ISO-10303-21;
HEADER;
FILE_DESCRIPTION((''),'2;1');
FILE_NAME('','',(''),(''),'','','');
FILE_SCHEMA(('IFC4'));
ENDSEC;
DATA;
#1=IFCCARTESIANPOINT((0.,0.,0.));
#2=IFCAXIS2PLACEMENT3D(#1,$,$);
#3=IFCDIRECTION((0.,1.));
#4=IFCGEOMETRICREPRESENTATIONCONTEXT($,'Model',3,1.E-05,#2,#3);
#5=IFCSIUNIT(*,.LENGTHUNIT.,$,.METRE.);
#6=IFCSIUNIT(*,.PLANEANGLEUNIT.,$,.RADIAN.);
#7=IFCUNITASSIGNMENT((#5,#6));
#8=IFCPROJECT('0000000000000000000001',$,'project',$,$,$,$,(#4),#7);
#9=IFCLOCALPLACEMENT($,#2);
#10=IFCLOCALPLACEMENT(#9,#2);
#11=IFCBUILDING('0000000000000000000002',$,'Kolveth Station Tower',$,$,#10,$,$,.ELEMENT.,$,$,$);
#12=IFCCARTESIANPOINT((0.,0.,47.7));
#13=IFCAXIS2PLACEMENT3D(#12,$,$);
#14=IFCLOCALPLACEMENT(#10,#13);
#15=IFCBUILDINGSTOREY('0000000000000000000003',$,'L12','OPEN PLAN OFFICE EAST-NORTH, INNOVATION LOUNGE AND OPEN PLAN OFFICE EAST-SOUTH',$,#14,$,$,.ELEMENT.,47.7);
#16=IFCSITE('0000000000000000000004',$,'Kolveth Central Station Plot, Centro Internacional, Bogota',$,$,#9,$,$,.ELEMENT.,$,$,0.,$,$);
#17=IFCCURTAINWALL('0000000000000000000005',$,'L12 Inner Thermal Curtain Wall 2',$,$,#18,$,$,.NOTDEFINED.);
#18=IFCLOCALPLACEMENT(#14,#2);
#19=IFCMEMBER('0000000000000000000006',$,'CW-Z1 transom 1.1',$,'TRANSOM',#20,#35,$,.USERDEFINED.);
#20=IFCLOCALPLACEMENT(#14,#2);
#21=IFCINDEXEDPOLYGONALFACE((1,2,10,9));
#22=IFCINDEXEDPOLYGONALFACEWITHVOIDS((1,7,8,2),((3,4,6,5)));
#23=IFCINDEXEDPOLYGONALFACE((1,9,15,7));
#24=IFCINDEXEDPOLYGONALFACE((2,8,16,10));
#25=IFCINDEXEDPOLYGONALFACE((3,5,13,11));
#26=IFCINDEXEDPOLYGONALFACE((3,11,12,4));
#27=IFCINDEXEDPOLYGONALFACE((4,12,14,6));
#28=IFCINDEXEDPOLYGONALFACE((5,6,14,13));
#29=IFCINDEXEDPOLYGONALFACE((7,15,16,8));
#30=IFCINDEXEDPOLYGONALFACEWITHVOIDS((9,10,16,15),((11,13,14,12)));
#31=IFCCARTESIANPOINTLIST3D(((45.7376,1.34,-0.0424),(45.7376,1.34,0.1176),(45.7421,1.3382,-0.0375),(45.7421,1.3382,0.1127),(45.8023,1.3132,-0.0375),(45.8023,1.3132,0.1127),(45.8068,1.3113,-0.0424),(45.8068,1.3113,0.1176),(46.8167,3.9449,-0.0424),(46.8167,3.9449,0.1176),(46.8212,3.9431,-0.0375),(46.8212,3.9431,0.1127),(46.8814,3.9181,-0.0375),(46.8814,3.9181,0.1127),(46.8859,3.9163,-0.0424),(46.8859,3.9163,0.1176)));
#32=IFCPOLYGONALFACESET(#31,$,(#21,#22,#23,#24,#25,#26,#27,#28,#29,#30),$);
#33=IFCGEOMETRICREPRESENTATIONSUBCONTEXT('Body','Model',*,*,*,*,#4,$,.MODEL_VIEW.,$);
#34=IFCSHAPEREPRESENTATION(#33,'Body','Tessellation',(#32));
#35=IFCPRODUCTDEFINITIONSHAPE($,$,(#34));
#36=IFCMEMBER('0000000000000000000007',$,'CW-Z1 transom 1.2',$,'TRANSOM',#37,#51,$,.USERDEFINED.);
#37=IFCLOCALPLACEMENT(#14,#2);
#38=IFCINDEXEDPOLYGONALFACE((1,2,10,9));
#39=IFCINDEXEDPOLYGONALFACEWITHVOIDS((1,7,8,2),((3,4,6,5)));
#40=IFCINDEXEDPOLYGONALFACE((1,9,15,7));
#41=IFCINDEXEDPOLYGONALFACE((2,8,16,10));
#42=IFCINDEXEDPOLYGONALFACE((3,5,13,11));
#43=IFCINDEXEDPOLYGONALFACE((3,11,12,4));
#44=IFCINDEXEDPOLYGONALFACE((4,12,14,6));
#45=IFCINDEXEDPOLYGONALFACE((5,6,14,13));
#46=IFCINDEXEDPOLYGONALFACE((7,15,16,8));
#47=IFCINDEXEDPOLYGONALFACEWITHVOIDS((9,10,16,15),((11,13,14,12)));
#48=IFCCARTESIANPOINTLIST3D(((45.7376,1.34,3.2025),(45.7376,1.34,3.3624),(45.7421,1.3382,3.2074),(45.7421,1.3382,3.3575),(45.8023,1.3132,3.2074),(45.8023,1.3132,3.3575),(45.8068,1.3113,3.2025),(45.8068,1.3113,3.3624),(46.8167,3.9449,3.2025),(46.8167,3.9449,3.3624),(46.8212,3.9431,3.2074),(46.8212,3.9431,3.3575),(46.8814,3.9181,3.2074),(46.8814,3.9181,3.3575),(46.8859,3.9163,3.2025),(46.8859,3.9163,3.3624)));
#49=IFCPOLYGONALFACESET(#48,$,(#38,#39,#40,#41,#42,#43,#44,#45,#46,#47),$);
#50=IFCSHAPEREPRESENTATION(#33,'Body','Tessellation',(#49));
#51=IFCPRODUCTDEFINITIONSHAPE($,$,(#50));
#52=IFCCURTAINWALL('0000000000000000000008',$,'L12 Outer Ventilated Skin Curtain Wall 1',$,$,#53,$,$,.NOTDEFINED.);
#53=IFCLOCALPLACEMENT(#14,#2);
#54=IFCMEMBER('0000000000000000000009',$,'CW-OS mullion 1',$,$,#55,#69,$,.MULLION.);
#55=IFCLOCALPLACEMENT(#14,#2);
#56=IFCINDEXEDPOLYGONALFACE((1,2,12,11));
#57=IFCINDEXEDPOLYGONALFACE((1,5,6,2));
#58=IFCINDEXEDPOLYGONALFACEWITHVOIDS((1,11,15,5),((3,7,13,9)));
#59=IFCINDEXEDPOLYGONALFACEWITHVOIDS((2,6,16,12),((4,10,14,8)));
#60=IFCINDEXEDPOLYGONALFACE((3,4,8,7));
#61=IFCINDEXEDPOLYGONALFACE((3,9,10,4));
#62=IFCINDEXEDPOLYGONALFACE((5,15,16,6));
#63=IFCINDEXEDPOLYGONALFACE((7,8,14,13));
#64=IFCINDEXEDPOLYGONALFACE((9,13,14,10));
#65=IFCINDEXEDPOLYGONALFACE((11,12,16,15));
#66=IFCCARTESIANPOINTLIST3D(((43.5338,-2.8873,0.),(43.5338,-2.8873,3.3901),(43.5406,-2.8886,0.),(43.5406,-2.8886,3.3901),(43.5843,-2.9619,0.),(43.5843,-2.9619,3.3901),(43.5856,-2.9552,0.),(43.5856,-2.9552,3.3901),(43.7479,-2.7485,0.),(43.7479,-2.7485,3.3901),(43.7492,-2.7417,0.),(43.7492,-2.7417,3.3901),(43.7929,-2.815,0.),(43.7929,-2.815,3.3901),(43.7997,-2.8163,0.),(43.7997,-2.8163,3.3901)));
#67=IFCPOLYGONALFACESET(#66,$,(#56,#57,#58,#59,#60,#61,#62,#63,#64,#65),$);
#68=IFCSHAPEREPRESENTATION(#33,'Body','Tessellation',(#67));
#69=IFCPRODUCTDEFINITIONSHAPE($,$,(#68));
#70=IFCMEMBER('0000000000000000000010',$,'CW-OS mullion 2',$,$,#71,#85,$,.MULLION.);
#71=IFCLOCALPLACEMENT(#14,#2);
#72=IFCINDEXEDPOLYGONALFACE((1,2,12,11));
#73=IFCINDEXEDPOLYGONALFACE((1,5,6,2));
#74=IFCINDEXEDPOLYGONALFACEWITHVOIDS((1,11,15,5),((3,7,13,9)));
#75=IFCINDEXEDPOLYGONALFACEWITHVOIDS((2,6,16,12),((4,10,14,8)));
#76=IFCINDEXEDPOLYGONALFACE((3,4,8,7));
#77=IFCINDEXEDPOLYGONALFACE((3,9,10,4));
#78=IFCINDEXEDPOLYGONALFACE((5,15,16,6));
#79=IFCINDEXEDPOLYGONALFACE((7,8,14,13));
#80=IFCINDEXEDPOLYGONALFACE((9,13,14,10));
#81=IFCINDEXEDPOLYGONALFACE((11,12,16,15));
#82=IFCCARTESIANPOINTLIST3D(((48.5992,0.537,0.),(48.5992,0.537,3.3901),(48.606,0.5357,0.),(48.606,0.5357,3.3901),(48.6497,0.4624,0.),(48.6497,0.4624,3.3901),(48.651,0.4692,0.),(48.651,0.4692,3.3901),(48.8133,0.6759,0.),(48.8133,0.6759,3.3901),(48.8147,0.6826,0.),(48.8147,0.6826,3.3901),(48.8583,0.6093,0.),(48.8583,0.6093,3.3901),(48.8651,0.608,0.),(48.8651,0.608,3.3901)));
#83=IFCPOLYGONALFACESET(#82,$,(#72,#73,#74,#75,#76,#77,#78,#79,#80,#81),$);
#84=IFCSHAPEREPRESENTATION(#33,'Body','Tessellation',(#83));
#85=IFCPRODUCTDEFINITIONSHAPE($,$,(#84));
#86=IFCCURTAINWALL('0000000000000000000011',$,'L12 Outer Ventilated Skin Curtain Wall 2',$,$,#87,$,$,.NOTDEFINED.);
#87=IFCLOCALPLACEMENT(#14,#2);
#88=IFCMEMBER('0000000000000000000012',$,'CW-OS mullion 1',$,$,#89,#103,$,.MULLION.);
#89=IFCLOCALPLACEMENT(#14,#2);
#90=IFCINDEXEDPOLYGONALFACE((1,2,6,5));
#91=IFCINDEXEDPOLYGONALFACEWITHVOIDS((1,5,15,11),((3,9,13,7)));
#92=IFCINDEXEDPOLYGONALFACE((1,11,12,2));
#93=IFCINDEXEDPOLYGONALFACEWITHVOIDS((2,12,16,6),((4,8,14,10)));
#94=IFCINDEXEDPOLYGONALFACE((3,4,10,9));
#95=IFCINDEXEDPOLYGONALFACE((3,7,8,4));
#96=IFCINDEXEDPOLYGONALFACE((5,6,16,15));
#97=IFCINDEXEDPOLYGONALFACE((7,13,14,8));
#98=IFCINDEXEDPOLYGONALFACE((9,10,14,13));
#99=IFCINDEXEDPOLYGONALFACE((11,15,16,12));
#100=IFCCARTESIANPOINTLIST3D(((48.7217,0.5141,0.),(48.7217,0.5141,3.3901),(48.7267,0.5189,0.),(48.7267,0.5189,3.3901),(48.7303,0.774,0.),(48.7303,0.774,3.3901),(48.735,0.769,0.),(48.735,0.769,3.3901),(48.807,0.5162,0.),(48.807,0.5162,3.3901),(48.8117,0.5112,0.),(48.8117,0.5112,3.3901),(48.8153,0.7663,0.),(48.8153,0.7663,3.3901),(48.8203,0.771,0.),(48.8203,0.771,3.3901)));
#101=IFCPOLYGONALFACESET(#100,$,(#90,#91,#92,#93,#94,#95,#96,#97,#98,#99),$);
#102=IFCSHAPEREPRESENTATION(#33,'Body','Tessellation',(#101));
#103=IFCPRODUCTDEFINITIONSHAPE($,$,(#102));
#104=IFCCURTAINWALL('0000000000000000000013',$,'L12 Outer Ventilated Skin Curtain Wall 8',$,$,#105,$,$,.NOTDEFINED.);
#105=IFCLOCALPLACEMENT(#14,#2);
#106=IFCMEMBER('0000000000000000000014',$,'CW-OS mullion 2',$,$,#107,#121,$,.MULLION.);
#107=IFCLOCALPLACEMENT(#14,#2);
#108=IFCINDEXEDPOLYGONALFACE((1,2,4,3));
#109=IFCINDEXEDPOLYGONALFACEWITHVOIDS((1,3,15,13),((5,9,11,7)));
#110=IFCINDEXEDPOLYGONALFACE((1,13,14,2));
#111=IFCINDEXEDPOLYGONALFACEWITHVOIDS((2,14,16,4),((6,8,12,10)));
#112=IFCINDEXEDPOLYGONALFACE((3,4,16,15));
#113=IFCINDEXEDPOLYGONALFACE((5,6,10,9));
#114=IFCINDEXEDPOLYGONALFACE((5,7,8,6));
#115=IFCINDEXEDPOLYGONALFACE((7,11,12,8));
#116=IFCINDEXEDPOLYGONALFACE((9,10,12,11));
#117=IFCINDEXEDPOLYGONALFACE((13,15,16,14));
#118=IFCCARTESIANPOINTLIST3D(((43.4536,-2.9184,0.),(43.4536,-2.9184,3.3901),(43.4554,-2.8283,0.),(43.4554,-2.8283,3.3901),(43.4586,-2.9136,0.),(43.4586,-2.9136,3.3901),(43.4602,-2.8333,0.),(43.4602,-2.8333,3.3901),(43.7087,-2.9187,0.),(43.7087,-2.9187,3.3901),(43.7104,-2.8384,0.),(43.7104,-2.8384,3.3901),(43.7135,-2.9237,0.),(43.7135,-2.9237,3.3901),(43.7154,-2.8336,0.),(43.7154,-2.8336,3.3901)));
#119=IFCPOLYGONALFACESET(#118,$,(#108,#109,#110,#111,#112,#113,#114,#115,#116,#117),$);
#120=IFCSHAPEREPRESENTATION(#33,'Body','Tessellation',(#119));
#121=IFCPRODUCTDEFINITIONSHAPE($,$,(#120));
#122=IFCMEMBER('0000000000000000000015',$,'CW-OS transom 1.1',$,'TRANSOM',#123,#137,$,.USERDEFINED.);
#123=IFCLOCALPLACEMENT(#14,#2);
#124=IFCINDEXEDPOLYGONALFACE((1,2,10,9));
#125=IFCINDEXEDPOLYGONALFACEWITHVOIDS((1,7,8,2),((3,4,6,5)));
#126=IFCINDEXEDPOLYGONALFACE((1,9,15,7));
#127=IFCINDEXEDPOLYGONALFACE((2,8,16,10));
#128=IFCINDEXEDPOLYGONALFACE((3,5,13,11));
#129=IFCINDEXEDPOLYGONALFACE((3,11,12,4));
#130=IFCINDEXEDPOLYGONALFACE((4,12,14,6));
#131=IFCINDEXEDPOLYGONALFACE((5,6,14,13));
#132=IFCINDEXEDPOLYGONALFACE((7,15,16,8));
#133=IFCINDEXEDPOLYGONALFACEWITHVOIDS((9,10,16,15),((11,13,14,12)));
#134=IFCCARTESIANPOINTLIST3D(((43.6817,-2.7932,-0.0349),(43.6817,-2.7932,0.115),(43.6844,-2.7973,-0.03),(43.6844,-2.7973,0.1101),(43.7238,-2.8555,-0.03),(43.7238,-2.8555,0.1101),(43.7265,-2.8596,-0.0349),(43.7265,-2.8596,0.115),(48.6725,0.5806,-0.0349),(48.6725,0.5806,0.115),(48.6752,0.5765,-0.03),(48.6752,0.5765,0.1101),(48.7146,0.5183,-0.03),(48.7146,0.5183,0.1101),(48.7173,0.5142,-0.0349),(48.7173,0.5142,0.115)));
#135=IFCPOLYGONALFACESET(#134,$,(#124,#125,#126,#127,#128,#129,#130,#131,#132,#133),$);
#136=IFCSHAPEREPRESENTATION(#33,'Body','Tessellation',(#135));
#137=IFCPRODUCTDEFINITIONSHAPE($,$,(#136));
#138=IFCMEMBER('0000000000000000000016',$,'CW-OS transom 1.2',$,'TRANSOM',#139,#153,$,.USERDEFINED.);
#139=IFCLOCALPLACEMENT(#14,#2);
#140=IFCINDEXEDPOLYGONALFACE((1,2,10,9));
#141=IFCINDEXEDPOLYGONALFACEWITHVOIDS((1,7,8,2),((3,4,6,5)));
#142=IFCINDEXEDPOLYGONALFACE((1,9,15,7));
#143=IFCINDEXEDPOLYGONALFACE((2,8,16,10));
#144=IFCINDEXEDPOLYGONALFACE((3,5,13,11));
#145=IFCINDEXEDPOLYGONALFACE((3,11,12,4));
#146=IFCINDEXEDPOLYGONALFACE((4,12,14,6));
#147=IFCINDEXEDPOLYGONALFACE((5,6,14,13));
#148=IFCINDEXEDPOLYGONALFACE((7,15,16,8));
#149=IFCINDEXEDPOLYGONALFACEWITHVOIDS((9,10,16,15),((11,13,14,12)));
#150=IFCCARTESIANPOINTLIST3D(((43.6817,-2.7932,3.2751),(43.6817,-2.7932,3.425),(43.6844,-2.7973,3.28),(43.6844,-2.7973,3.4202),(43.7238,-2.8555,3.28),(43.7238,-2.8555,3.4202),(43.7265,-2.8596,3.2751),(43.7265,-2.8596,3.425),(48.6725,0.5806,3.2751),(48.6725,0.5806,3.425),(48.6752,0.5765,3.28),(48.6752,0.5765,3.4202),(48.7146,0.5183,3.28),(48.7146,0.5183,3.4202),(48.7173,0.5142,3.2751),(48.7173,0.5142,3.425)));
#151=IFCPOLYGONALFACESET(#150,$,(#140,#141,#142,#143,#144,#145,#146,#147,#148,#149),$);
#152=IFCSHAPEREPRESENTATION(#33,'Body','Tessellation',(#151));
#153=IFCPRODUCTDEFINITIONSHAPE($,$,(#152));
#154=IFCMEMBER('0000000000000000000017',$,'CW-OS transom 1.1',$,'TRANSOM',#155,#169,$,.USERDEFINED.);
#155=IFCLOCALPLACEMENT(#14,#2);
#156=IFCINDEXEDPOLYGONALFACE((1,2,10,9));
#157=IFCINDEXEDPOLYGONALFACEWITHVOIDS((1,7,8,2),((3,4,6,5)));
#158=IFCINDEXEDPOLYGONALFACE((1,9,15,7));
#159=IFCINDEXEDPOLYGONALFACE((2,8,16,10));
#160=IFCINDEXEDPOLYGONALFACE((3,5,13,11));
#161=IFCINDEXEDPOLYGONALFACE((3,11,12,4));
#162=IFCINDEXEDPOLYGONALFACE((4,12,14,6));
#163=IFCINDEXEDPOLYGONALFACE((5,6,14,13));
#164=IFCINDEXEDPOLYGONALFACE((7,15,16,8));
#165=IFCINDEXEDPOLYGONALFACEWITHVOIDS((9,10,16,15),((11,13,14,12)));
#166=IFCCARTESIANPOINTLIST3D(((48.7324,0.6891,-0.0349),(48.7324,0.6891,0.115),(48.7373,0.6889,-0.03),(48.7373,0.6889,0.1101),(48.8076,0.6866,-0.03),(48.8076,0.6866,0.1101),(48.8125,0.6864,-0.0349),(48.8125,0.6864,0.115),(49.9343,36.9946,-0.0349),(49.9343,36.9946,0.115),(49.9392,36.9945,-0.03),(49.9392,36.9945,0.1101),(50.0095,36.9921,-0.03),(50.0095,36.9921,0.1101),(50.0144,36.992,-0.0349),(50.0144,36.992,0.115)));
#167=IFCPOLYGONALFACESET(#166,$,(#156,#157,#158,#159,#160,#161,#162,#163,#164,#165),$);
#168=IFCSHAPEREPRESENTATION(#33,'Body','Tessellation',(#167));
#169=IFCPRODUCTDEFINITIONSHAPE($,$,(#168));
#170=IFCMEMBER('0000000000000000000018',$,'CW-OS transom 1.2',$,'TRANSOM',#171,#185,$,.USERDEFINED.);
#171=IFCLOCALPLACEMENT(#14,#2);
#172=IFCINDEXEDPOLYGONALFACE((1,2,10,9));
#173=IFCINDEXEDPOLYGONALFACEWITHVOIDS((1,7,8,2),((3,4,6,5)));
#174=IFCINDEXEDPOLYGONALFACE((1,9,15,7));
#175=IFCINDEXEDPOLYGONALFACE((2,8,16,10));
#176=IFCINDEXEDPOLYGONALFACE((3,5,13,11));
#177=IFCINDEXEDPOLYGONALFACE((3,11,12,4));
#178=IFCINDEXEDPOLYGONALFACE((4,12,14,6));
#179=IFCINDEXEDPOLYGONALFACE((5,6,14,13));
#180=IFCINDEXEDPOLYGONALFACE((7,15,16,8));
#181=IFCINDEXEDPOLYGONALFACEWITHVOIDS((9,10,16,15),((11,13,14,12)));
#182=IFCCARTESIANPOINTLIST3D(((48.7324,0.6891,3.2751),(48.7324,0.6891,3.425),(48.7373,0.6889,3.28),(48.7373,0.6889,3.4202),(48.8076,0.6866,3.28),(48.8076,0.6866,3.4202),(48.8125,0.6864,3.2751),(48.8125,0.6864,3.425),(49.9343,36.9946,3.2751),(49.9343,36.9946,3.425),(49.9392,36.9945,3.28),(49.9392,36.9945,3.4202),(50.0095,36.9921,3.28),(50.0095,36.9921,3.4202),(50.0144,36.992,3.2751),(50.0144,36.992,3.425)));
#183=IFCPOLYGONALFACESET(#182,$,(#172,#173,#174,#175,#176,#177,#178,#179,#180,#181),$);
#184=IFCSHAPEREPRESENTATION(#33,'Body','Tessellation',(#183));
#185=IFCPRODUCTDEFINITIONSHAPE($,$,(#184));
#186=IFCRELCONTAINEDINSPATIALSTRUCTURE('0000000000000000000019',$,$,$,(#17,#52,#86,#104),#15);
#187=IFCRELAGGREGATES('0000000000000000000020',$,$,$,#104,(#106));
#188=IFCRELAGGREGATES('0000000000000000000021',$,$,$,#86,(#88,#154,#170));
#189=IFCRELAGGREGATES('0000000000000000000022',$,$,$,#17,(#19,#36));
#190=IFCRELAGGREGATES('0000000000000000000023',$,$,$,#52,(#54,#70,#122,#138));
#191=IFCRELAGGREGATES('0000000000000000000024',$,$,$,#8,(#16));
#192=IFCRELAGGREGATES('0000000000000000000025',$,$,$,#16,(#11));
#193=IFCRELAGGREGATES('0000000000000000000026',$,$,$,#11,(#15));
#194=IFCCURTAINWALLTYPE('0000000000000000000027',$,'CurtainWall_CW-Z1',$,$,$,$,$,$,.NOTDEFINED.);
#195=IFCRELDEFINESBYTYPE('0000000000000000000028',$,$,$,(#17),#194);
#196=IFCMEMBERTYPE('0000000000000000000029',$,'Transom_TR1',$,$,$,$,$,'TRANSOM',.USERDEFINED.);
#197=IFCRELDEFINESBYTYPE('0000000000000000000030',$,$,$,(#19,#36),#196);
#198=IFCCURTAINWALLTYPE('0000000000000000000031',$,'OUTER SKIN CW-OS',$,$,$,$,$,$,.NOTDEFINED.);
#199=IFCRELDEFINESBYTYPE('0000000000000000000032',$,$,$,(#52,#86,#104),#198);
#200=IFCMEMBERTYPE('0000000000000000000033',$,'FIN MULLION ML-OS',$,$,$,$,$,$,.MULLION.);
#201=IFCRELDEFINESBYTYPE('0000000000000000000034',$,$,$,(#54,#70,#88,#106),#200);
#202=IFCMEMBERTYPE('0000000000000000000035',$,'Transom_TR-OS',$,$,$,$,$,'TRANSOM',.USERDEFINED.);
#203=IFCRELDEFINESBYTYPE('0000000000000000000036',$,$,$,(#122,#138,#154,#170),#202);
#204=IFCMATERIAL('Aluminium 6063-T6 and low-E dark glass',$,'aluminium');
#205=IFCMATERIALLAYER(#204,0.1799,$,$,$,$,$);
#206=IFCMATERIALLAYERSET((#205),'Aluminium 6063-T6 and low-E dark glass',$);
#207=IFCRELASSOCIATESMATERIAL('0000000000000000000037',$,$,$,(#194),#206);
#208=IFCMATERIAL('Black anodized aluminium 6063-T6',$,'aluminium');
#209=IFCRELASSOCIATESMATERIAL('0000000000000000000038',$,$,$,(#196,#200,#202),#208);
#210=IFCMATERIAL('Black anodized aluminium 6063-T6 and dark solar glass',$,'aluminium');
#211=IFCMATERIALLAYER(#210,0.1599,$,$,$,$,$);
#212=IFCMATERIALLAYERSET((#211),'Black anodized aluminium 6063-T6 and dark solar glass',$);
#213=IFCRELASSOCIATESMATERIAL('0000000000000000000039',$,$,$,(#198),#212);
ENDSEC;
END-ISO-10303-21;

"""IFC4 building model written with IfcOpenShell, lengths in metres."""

from ifc_helpers import new_model, si_unit, direction, frame, origin, origin_2d, place, context, subcontext, project, spatial, hollow_rectangle, extrude, source, transform, mapped, material, layer, layer_set, material_profile, profile_set, type_object, element, aggregate, save


model = new_model("IFC4")

# Units and contexts
model_context = context("Model", 3, precision=1e-05, world=origin(), true_north=direction((0.0, 1.0)))
body_context = subcontext(model_context, "Body", "Model", "MODEL_VIEW")
ifc_project = project(units=[si_unit("LENGTHUNIT", "METRE"), si_unit("PLANEANGLEUNIT", "RADIAN")], contexts=[model_context])

# Site, building, storey
site_placement = place(None, origin())
site = spatial("IfcSite", under=ifc_project, at=site_placement, Name="Kolveth Central Station Plot, Centro Internacional, Bogota", CompositionType="ELEMENT", RefElevation=0.0)
building_placement = place(site_placement, origin())
building = spatial("IfcBuilding", under=site, at=building_placement, Name="Kolveth Station Tower", CompositionType="ELEMENT")
storey_placement = place(building_placement, frame((0.0, 0.0, 47.7)))
storey = spatial("IfcBuildingStorey", under=building, at=storey_placement, Name="L12", Description="OPEN PLAN OFFICE EAST-NORTH, INNOVATION LOUNGE AND OPEN PLAN OFFICE EAST-SOUTH", CompositionType="ELEMENT", Elevation=47.7)

# Curtain wall
ifc_material_1 = material(Name="Aluminium 6063-T6 and low-E dark glass", Category="aluminium")
ifc_layer_1 = layer(ifc_material_1, 0.1799)
ifc_layer_set_1 = layer_set([ifc_layer_1], Name="Aluminium 6063-T6 and low-E dark glass")
curtain_wall_type_1 = type_object("IfcCurtainWallType", Name="CurtainWall_CW-Z1", PredefinedType="NOTDEFINED", material=ifc_layer_set_1)
ifc_material_2 = material(Name="Black anodized aluminium 6063-T6", Category="aluminium")
curtain_wall_1_placement = place(storey_placement, origin())
curtain_wall_1 = element("IfcCurtainWall", 1, at=curtain_wall_1_placement, inside=storey, type_object=curtain_wall_type_1, Name="L12 Inner Thermal Curtain Wall 2", PredefinedType="NOTDEFINED")

# Members
ifc_material_profile_1 = material_profile(ifc_material_2, hollow_rectangle(XDim=0.075, YDim=0.1599, WallThickness=0.0049, at=origin_2d()), Name="ALU-75x160x5")
ifc_profile_set_1 = profile_set([ifc_material_profile_1], Name="Black anodized aluminium 6063-T6")
member_type_1 = type_object("IfcMemberType", Name="Transom_TR1", ElementType="TRANSOM", PredefinedType="USERDEFINED", material=ifc_profile_set_1)
shared_shape_1 = source(origin(), body_context, "Body", "SweptSolid", [
    extrude(hollow_rectangle(XDim=0.075, YDim=0.1599, WallThickness=0.0049, at=origin_2d()), origin(), (0.0, 0.0, 1.0), 2.8196),
])
member_1_placement = place(storey_placement, frame((45.7722, 1.3257, 0.0376), z_axis=(0.382709, 0.923869, 0.0), x_axis=(-0.923869, 0.382709, 0.0)))
member_1 = element("IfcMember", 2, at=member_1_placement, type_object=member_type_1, Name="CW-Z1 transom 1.1", ObjectType="TRANSOM", PredefinedType="USERDEFINED", context=body_context, shape_type="MappedRepresentation", body=[
    mapped(shared_shape_1, transform((0.0, 0.0, 0.0), x_axis=(1.0, 0.0, 0.0), y_axis=(0.0, 1.0, 0.0), z_axis=(0.0, 0.0, 1.0), scale=1.0)),
])
member_2_placement = place(storey_placement, frame((45.7722, 1.3257, 3.2825), z_axis=(0.382709, 0.923869, 0.0), x_axis=(-0.923869, 0.382709, 0.0)))
member_2 = element("IfcMember", 3, at=member_2_placement, type_object=member_type_1, Name="CW-Z1 transom 1.2", ObjectType="TRANSOM", PredefinedType="USERDEFINED", context=body_context, shape_type="MappedRepresentation", body=[
    mapped(shared_shape_1, transform((0.0, 0.0, 0.0), x_axis=(1.0, 0.0, 0.0), y_axis=(0.0, 1.0, 0.0), z_axis=(0.0, 0.0, 1.0), scale=1.0)),
])

# Curtain wall, members
ifc_material_3 = material(Name="Black anodized aluminium 6063-T6 and dark solar glass", Category="aluminium")
ifc_layer_2 = layer(ifc_material_3, 0.1599)
ifc_layer_set_2 = layer_set([ifc_layer_2], Name="Black anodized aluminium 6063-T6 and dark solar glass")
curtain_wall_type_2 = type_object("IfcCurtainWallType", Name="OUTER SKIN CW-OS", PredefinedType="NOTDEFINED", material=ifc_layer_set_2)
curtain_wall_2_placement = place(storey_placement, origin())
curtain_wall_2 = element("IfcCurtainWall", 4, at=curtain_wall_2_placement, inside=storey, type_object=curtain_wall_type_2, Name="L12 Outer Ventilated Skin Curtain Wall 1", PredefinedType="NOTDEFINED")
ifc_material_profile_2 = material_profile(ifc_material_2, hollow_rectangle(XDim=0.0901, YDim=0.26, WallThickness=0.0049, at=origin_2d()), Name="ALU-90x260x5")
ifc_profile_set_2 = profile_set([ifc_material_profile_2], Name="Black anodized aluminium 6063-T6")
member_type_2 = type_object("IfcMemberType", Name="FIN MULLION ML-OS", PredefinedType="MULLION", material=ifc_profile_set_2)
shared_shape_2 = source(origin(), body_context, "Body", "SweptSolid", [
    extrude(hollow_rectangle(XDim=0.0901, YDim=0.26, WallThickness=0.0049, at=origin_2d()), origin(), (0.0, 0.0, 1.0), 3.3901),
])
member_3_placement = place(storey_placement, frame((43.6667, -2.8518, 0.0), z_axis=(0.0, 0.0, 1.0), x_axis=(-0.560037, 0.828467, 0.0)))
member_3 = element("IfcMember", 5, at=member_3_placement, type_object=member_type_2, Name="CW-OS mullion 1", PredefinedType="MULLION", context=body_context, shape_type="MappedRepresentation", body=[
    mapped(shared_shape_2, transform((0.0, 0.0, 0.0), x_axis=(1.0, 0.0, 0.0), y_axis=(0.0, 1.0, 0.0), z_axis=(0.0, 0.0, 1.0), scale=1.0)),
])
member_4_placement = place(storey_placement, frame((48.7322, 0.5725, 0.0), z_axis=(0.0, 0.0, 1.0), x_axis=(-0.560037, 0.828467, 0.0)))
member_4 = element("IfcMember", 6, at=member_4_placement, type_object=member_type_2, Name="CW-OS mullion 2", PredefinedType="MULLION", context=body_context, shape_type="MappedRepresentation", body=[
    mapped(shared_shape_2, transform((0.0, 0.0, 0.0), x_axis=(1.0, 0.0, 0.0), y_axis=(0.0, 1.0, 0.0), z_axis=(0.0, 0.0, 1.0), scale=1.0)),
])

# Curtain walls, members
curtain_wall_3_placement = place(storey_placement, origin())
curtain_wall_3 = element("IfcCurtainWall", 7, at=curtain_wall_3_placement, inside=storey, type_object=curtain_wall_type_2, Name="L12 Outer Ventilated Skin Curtain Wall 2", PredefinedType="NOTDEFINED")
member_5_placement = place(storey_placement, frame((48.771, 0.6426, 0.0), z_axis=(0.0, 0.0, 1.0), x_axis=(-0.999452, 0.033088, 0.0)))
member_5 = element("IfcMember", 8, at=member_5_placement, type_object=member_type_2, Name="CW-OS mullion 1", PredefinedType="MULLION", context=body_context, shape_type="MappedRepresentation", body=[
    mapped(shared_shape_2, transform((0.0, 0.0, 0.0), x_axis=(1.0, 0.0, 0.0), y_axis=(0.0, 1.0, 0.0), z_axis=(0.0, 0.0, 1.0), scale=1.0)),
])
curtain_wall_4_placement = place(storey_placement, origin())
curtain_wall_4 = element("IfcCurtainWall", 9, at=curtain_wall_4_placement, inside=storey, type_object=curtain_wall_type_2, Name="L12 Outer Ventilated Skin Curtain Wall 8", PredefinedType="NOTDEFINED")
member_6_placement = place(storey_placement, frame((43.5845, -2.876, 0.0), z_axis=(0.0, 0.0, 1.0), x_axis=(0.020398, 0.999792, 0.0)))
member_6 = element("IfcMember", 10, at=member_6_placement, type_object=member_type_2, Name="CW-OS mullion 2", PredefinedType="MULLION", context=body_context, shape_type="MappedRepresentation", body=[
    mapped(shared_shape_2, transform((0.0, 0.0, 0.0), x_axis=(1.0, 0.0, 0.0), y_axis=(0.0, 1.0, 0.0), z_axis=(0.0, 0.0, 1.0), scale=1.0)),
])
aggregate(curtain_wall_4, [member_6])

# Members
ifc_material_profile_3 = material_profile(ifc_material_2, hollow_rectangle(XDim=0.0801, YDim=0.1499, WallThickness=0.0049, at=origin_2d()), Name="ALU-80x150x5")
ifc_profile_set_3 = profile_set([ifc_material_profile_3], Name="Black anodized aluminium 6063-T6")
member_type_3 = type_object("IfcMemberType", Name="Transom_TR-OS", ElementType="TRANSOM", PredefinedType="USERDEFINED", material=ifc_profile_set_3)
shared_shape_3 = source(origin(), body_context, "Body", "SweptSolid", [
    extrude(hollow_rectangle(XDim=0.0801, YDim=0.1499, WallThickness=0.0049, at=origin_2d()), origin(), (0.0, 0.0, 1.0), 6.0242),
])
member_7_placement = place(storey_placement, frame((43.7041, -2.8264, 0.04), z_axis=(0.82846, 0.560048, 0.0), x_axis=(-0.560048, 0.82846, 0.0)))
member_7 = element("IfcMember", 11, at=member_7_placement, type_object=member_type_3, Name="CW-OS transom 1.1", ObjectType="TRANSOM", PredefinedType="USERDEFINED", context=body_context, shape_type="MappedRepresentation", body=[
    mapped(shared_shape_3, transform((0.0, 0.0, 0.0), x_axis=(1.0, 0.0, 0.0), y_axis=(0.0, 1.0, 0.0), z_axis=(0.0, 0.0, 1.0), scale=1.0)),
])
member_8_placement = place(storey_placement, frame((43.7041, -2.8264, 3.3501), z_axis=(0.82846, 0.560048, 0.0), x_axis=(-0.560048, 0.82846, 0.0)))
member_8 = element("IfcMember", 12, at=member_8_placement, type_object=member_type_3, Name="CW-OS transom 1.2", ObjectType="TRANSOM", PredefinedType="USERDEFINED", context=body_context, shape_type="MappedRepresentation", body=[
    mapped(shared_shape_3, transform((0.0, 0.0, 0.0), x_axis=(1.0, 0.0, 0.0), y_axis=(0.0, 1.0, 0.0), z_axis=(0.0, 0.0, 1.0), scale=1.0)),
])
shared_shape_4 = source(origin(), body_context, "Body", "SweptSolid", [
    extrude(hollow_rectangle(XDim=0.0801, YDim=0.1499, WallThickness=0.0049, at=origin_2d()), origin(), (0.0, 0.0, 1.0), 36.3254),
])
member_9_placement = place(storey_placement, frame((48.7725, 0.6877, 0.04), z_axis=(0.033087, 0.999452, 0.0), x_axis=(-0.999452, 0.033087, 0.0)))
member_9 = element("IfcMember", 13, at=member_9_placement, type_object=member_type_3, Name="CW-OS transom 1.1", ObjectType="TRANSOM", PredefinedType="USERDEFINED", context=body_context, shape_type="MappedRepresentation", body=[
    mapped(shared_shape_4, transform((0.0, 0.0, 0.0), x_axis=(1.0, 0.0, 0.0), y_axis=(0.0, 1.0, 0.0), z_axis=(0.0, 0.0, 1.0), scale=1.0)),
])
member_10_placement = place(storey_placement, frame((48.7725, 0.6877, 3.3501), z_axis=(0.033087, 0.999452, 0.0), x_axis=(-0.999452, 0.033087, 0.0)))
member_10 = element("IfcMember", 14, at=member_10_placement, type_object=member_type_3, Name="CW-OS transom 1.2", ObjectType="TRANSOM", PredefinedType="USERDEFINED", context=body_context, shape_type="MappedRepresentation", body=[
    mapped(shared_shape_4, transform((0.0, 0.0, 0.0), x_axis=(1.0, 0.0, 0.0), y_axis=(0.0, 1.0, 0.0), z_axis=(0.0, 0.0, 1.0), scale=1.0)),
])
aggregate(curtain_wall_3, [member_5, member_9, member_10])

aggregate(curtain_wall_1, [member_1, member_2])
aggregate(curtain_wall_2, [member_3, member_4, member_7, member_8])

save(model, "model.ifc")
